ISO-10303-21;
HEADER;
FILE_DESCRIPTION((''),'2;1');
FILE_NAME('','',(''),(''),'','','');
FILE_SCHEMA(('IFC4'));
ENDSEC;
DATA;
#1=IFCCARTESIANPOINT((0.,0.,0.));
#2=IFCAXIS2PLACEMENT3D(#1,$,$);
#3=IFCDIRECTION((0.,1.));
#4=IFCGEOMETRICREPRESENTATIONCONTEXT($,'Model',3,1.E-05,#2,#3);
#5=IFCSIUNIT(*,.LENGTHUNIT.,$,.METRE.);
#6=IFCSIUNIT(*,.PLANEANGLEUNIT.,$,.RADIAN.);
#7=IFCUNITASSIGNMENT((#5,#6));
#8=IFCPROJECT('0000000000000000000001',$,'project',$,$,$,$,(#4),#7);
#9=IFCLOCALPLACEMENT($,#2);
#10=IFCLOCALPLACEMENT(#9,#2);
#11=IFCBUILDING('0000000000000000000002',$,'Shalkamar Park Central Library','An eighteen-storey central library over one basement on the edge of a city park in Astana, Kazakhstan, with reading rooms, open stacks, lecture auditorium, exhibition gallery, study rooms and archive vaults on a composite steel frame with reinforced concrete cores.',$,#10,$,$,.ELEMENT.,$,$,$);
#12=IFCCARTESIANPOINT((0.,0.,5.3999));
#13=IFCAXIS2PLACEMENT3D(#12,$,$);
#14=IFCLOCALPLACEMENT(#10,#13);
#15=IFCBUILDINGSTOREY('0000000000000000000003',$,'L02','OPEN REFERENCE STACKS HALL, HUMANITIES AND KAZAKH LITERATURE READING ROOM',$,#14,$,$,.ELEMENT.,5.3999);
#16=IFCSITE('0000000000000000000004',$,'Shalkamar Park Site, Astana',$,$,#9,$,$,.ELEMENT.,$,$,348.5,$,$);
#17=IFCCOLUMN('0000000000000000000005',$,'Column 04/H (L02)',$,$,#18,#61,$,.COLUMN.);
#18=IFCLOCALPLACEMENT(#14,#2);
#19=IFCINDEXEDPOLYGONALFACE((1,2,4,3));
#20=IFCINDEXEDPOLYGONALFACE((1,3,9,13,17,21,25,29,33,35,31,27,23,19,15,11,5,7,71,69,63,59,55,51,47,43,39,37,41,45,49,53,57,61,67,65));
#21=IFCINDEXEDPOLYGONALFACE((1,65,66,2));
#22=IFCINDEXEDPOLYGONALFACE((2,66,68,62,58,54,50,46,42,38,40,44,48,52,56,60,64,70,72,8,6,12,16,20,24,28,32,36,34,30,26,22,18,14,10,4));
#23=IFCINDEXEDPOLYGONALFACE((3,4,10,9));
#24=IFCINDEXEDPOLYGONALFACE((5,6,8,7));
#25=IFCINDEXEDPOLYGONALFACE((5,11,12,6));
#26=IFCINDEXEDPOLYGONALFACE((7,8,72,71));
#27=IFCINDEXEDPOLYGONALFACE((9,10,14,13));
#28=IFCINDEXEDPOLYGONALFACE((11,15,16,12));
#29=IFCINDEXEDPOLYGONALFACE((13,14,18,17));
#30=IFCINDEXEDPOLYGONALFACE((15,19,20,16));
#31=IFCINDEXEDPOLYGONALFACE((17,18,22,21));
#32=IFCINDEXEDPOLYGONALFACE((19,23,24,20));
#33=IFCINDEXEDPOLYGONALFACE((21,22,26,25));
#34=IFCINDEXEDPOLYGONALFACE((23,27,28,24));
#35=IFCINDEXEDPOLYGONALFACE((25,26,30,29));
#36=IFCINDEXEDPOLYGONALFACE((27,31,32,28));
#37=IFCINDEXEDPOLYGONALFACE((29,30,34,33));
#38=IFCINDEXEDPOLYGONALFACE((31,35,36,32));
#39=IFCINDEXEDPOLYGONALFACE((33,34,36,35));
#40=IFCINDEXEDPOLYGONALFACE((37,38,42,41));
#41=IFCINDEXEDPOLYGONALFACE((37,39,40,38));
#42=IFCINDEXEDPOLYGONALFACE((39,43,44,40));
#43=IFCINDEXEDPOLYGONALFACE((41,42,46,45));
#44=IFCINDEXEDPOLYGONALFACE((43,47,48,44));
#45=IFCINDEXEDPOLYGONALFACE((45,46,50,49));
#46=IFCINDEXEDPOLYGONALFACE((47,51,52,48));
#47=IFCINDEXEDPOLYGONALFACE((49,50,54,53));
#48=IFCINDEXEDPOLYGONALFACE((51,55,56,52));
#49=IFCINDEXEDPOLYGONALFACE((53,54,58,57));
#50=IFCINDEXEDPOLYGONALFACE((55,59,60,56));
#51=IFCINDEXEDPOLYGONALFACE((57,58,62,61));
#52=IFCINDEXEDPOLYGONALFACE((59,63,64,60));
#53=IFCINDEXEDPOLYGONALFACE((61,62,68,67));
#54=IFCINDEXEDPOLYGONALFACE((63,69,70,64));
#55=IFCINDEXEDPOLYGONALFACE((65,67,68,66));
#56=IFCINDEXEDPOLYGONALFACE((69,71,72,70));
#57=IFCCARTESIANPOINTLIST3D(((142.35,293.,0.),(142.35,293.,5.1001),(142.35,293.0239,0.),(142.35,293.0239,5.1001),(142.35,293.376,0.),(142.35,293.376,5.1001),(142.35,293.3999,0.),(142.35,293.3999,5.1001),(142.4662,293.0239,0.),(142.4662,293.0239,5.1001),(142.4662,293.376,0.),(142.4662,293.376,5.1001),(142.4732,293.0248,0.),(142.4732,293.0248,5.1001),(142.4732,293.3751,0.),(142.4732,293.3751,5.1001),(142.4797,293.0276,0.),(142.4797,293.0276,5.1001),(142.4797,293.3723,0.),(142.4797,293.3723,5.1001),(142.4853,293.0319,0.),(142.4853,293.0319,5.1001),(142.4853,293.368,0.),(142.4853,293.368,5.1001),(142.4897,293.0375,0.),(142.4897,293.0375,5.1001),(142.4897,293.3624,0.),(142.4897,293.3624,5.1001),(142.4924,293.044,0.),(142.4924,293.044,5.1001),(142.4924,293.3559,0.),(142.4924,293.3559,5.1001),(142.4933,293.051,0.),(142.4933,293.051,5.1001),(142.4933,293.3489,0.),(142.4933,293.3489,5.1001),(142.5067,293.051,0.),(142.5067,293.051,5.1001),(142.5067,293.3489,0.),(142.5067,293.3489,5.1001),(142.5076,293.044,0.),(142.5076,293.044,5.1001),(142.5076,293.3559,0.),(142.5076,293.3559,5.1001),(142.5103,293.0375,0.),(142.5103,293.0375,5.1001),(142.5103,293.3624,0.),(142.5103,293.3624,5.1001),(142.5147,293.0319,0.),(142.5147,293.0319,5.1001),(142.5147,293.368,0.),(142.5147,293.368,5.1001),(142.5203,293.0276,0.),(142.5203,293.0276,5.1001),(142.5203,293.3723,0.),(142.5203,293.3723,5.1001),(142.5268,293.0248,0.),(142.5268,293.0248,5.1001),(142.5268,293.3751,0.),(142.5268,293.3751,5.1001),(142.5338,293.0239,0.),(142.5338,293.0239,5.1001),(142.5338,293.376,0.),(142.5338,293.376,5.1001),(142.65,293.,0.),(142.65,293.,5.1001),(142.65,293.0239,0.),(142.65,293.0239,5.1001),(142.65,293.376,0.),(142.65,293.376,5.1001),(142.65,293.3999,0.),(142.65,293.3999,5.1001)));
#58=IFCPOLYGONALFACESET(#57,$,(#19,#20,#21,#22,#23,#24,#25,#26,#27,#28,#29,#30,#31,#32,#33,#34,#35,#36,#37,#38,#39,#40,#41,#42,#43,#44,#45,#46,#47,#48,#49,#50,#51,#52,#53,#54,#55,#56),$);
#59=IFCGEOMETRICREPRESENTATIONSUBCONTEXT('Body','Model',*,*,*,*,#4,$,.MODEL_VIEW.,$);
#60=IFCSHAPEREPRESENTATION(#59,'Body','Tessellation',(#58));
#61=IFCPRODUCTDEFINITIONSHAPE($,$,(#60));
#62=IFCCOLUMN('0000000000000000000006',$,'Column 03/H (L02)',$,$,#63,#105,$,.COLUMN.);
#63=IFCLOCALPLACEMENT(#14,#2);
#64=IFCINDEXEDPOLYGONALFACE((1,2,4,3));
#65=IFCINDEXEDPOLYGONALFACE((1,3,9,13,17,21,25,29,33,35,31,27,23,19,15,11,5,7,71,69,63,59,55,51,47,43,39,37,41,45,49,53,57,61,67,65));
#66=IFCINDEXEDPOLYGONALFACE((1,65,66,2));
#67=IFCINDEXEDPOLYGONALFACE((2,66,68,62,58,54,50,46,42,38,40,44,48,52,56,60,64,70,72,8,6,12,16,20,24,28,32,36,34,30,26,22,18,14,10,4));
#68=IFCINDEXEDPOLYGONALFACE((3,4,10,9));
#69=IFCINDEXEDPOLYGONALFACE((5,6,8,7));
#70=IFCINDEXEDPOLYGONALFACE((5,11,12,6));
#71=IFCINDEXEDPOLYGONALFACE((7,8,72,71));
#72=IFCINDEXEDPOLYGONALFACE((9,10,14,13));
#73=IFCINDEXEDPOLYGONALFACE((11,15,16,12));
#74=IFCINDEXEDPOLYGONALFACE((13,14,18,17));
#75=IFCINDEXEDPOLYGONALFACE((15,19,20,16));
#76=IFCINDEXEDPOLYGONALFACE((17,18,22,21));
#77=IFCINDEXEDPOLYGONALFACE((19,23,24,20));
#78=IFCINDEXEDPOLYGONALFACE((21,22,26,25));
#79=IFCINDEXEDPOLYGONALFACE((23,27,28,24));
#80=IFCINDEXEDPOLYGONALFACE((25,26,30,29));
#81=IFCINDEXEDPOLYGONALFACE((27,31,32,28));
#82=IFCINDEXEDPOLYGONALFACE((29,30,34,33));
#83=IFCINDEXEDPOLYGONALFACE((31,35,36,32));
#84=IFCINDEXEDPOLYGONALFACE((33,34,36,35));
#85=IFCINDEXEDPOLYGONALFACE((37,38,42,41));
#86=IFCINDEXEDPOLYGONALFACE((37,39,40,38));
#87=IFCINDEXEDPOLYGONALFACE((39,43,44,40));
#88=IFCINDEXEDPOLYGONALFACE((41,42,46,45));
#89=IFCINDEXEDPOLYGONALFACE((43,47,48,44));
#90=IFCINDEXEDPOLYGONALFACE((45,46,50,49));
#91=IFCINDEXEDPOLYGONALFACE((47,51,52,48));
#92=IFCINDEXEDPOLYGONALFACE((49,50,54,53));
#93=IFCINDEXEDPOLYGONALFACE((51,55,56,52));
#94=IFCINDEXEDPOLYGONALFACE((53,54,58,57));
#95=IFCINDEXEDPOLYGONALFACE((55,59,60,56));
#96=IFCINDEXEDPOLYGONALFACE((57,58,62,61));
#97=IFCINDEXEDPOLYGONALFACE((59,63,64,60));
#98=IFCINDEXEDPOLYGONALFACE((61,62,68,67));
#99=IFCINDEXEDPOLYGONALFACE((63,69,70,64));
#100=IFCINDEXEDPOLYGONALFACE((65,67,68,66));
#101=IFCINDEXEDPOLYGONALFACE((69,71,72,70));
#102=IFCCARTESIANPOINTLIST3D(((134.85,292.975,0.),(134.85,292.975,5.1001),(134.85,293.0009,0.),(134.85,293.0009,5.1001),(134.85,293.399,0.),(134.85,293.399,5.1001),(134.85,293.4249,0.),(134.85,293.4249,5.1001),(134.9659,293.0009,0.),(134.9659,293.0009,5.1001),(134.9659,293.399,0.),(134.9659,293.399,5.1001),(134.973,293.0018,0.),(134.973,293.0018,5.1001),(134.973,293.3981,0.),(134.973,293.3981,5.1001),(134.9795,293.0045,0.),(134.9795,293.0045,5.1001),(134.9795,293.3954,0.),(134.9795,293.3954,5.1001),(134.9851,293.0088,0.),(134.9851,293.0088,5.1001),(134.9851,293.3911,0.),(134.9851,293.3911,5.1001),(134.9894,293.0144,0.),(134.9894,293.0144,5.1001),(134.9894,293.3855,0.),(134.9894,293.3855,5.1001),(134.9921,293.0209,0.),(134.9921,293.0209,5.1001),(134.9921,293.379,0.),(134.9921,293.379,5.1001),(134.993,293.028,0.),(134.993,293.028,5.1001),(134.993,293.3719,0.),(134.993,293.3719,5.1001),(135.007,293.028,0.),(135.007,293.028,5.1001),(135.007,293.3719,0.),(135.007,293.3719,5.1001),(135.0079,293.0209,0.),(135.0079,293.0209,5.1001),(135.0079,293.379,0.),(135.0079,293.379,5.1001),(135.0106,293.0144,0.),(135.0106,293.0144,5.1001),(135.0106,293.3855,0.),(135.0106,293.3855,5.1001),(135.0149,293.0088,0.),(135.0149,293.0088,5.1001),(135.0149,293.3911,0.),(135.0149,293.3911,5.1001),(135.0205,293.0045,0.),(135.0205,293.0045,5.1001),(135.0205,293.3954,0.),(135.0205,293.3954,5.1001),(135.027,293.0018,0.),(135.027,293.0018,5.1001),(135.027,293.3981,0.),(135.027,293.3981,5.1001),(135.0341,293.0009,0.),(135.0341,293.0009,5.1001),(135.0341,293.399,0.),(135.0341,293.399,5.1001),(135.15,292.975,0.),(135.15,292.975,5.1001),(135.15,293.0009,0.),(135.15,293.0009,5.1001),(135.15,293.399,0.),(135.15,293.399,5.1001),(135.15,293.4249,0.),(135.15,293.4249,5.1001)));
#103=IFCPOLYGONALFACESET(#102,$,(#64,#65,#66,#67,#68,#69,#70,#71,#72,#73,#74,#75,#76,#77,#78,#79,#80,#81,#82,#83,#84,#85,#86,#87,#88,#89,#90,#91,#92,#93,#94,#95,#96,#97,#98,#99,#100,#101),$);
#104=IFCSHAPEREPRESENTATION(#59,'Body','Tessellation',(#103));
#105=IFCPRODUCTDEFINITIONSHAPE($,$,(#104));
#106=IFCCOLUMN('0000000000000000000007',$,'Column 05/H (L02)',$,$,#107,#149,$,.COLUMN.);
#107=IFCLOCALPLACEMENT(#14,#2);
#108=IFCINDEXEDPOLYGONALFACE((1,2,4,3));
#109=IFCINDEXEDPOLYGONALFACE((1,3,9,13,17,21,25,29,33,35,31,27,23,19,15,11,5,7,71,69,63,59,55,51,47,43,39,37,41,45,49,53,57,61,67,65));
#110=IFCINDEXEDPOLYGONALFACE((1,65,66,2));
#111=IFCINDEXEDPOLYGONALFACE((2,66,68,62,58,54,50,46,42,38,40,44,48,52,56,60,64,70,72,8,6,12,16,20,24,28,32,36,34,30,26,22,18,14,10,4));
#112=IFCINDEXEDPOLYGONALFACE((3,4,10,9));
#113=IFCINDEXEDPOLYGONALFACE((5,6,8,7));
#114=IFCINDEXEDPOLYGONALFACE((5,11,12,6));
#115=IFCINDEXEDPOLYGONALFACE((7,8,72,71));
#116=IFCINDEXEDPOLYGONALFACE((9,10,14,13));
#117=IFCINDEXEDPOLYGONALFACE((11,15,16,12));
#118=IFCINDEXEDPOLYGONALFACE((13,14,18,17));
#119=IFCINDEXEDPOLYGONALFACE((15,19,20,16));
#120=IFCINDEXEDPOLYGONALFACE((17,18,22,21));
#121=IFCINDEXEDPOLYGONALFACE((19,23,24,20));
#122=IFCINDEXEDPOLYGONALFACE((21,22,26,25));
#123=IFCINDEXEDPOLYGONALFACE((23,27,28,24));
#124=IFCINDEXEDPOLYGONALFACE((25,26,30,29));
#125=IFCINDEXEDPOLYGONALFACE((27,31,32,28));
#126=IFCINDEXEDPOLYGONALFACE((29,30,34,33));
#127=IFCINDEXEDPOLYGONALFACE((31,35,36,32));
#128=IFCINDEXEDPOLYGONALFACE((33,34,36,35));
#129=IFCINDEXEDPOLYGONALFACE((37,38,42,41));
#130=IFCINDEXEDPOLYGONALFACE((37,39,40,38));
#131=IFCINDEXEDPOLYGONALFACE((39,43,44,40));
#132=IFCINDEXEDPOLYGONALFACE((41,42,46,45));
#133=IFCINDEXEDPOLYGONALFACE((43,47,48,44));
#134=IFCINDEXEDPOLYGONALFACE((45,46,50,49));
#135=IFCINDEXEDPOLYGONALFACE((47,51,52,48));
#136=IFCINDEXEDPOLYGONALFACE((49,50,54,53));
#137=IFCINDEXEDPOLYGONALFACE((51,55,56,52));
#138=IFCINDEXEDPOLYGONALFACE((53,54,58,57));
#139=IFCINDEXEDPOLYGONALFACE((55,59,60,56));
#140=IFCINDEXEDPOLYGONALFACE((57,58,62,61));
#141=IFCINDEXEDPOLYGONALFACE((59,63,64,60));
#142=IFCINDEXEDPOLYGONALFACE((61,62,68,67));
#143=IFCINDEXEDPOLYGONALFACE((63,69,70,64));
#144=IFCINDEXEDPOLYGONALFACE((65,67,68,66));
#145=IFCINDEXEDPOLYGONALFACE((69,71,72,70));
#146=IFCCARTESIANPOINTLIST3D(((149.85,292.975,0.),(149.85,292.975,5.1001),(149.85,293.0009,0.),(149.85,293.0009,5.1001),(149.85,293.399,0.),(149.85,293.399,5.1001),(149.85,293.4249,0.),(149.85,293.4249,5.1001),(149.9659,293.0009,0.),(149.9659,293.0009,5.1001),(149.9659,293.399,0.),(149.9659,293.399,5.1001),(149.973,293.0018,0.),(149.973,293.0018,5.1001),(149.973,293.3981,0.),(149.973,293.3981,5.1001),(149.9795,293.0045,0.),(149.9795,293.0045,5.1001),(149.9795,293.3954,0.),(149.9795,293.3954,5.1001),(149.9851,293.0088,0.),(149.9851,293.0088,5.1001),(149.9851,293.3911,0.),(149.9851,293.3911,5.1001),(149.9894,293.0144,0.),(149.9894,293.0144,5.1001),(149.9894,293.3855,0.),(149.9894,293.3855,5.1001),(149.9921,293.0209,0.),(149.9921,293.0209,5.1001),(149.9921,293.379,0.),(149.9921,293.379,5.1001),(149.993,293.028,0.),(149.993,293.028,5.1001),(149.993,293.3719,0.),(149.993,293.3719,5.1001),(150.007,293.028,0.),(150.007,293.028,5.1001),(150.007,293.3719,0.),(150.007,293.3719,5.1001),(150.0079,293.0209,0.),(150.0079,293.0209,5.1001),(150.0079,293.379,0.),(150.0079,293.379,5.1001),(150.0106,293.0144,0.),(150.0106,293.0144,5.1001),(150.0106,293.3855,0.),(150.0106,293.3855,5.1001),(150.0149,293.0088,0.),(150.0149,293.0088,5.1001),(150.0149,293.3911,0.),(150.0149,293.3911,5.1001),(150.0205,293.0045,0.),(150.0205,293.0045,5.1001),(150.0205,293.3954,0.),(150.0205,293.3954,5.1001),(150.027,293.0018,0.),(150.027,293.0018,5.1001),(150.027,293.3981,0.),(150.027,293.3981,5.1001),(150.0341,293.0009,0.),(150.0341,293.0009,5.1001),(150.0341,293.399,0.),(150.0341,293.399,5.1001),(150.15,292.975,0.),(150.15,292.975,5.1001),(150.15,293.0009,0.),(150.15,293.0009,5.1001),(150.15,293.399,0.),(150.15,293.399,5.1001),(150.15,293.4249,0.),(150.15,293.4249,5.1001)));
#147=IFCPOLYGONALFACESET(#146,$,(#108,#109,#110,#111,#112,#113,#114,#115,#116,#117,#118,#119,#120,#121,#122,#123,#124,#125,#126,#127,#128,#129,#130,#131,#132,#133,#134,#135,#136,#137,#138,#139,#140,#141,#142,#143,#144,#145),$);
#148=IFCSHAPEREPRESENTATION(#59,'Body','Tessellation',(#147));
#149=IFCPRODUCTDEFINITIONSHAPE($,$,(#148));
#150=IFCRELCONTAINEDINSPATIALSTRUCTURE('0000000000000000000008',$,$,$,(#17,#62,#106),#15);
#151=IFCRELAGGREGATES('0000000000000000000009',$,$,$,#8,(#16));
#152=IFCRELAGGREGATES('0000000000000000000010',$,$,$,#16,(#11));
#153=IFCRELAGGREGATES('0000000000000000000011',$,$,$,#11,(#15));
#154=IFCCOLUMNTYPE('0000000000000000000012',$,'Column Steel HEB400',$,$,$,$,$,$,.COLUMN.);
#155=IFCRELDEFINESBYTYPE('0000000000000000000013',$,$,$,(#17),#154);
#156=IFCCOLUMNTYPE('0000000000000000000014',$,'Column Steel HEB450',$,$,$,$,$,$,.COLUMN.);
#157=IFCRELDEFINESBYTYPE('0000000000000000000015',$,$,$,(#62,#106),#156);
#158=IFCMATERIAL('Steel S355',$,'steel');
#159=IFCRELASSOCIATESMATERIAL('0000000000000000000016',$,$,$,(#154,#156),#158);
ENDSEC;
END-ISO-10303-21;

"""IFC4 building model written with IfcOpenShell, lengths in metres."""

from ifc_helpers import new_model, si_unit, direction, frame, origin, origin_2d, place, context, subcontext, project, spatial, i_section, extrude, material, material_profile, profile_set, type_object, element, save


model = new_model("IFC4")

# Units and contexts
model_context = context("Model", 3, precision=1e-05, world=origin(), true_north=direction((0.0, 1.0)))
body_context = subcontext(model_context, "Body", "Model", "MODEL_VIEW")
ifc_project = project(units=[si_unit("LENGTHUNIT", "METRE"), si_unit("PLANEANGLEUNIT", "RADIAN")], contexts=[model_context])

# Site, building, storey
site_placement = place(None, origin())
site = spatial("IfcSite", under=ifc_project, at=site_placement, Name="Shalkamar Park Site, Astana", CompositionType="ELEMENT", RefElevation=348.5)
building_placement = place(site_placement, origin())
building = spatial("IfcBuilding", under=site, at=building_placement, Name="Shalkamar Park Central Library", Description="An eighteen-storey central library over one basement on the edge of a city park in Astana, Kazakhstan, with reading rooms, open stacks, lecture auditorium, exhibition gallery, study rooms and archive vaults on a composite steel frame with reinforced concrete cores.", CompositionType="ELEMENT")
storey_placement = place(building_placement, frame((0.0, 0.0, 5.3999)))
storey = spatial("IfcBuildingStorey", under=building, at=storey_placement, Name="L02", Description="OPEN REFERENCE STACKS HALL, HUMANITIES AND KAZAKH LITERATURE READING ROOM", CompositionType="ELEMENT", Elevation=5.3999)

# Columns
ifc_material_1 = material(Name="Steel S355", Category="steel")
ifc_material_profile_1 = material_profile(ifc_material_1, i_section(OverallWidth=0.3, OverallDepth=0.3999, WebThickness=0.0134, FlangeThickness=0.0239, FilletRadius=0.0271, at=origin_2d()), Name="HEB 400")
ifc_profile_set_1 = profile_set([ifc_material_profile_1], Name="Steel S355")
column_type_1 = type_object("IfcColumnType", Name="Column Steel HEB400", PredefinedType="COLUMN", material=ifc_profile_set_1)
column_placement = place(storey_placement, frame((142.5, 293.2, 0.0), z_axis=(0.0, 0.0, 1.0), x_axis=(1.0, 0.0, 0.0)))
element("IfcColumn", 1, at=column_placement, inside=storey, type_object=column_type_1, Name="Column 04/H (L02)", PredefinedType="COLUMN", context=body_context, shape_type="SweptSolid", body=[
    extrude(i_section(OverallWidth=0.3, OverallDepth=0.3999, WebThickness=0.0134, FlangeThickness=0.0239, FilletRadius=0.0271, at=origin_2d()), origin(), (0.0, 0.0, 1.0), 5.1001),
])
ifc_material_profile_2 = material_profile(ifc_material_1, i_section(OverallWidth=0.3, OverallDepth=0.45, WebThickness=0.0139, FlangeThickness=0.0259, FilletRadius=0.0271, at=origin_2d()), Name="HEB 450")
ifc_profile_set_2 = profile_set([ifc_material_profile_2], Name="Steel S355")
column_type_2 = type_object("IfcColumnType", Name="Column Steel HEB450", PredefinedType="COLUMN", material=ifc_profile_set_2)
for number, where, z_axis, x_axis, name in (
    (2, (135.0, 293.2, 0.0), (0.0, 0.0, 1.0), (1.0, 0.0, 0.0), "Column 03/H (L02)"),
    (3, (150.0, 293.2, 0.0), (0.0, 0.0, 1.0), (1.0, 0.0, 0.0), "Column 05/H (L02)"),
):
    element("IfcColumn", number, at=place(storey_placement, frame(where, z_axis=z_axis, x_axis=x_axis)), inside=storey, type_object=column_type_2, Name=name, PredefinedType="COLUMN", context=body_context, shape_type="SweptSolid", body=[
        extrude(i_section(OverallWidth=0.3, OverallDepth=0.45, WebThickness=0.0139, FlangeThickness=0.0259, FilletRadius=0.0271, at=origin_2d()), origin(), (0.0, 0.0, 1.0), 5.1001),
    ])

save(model, "model.ifc")
